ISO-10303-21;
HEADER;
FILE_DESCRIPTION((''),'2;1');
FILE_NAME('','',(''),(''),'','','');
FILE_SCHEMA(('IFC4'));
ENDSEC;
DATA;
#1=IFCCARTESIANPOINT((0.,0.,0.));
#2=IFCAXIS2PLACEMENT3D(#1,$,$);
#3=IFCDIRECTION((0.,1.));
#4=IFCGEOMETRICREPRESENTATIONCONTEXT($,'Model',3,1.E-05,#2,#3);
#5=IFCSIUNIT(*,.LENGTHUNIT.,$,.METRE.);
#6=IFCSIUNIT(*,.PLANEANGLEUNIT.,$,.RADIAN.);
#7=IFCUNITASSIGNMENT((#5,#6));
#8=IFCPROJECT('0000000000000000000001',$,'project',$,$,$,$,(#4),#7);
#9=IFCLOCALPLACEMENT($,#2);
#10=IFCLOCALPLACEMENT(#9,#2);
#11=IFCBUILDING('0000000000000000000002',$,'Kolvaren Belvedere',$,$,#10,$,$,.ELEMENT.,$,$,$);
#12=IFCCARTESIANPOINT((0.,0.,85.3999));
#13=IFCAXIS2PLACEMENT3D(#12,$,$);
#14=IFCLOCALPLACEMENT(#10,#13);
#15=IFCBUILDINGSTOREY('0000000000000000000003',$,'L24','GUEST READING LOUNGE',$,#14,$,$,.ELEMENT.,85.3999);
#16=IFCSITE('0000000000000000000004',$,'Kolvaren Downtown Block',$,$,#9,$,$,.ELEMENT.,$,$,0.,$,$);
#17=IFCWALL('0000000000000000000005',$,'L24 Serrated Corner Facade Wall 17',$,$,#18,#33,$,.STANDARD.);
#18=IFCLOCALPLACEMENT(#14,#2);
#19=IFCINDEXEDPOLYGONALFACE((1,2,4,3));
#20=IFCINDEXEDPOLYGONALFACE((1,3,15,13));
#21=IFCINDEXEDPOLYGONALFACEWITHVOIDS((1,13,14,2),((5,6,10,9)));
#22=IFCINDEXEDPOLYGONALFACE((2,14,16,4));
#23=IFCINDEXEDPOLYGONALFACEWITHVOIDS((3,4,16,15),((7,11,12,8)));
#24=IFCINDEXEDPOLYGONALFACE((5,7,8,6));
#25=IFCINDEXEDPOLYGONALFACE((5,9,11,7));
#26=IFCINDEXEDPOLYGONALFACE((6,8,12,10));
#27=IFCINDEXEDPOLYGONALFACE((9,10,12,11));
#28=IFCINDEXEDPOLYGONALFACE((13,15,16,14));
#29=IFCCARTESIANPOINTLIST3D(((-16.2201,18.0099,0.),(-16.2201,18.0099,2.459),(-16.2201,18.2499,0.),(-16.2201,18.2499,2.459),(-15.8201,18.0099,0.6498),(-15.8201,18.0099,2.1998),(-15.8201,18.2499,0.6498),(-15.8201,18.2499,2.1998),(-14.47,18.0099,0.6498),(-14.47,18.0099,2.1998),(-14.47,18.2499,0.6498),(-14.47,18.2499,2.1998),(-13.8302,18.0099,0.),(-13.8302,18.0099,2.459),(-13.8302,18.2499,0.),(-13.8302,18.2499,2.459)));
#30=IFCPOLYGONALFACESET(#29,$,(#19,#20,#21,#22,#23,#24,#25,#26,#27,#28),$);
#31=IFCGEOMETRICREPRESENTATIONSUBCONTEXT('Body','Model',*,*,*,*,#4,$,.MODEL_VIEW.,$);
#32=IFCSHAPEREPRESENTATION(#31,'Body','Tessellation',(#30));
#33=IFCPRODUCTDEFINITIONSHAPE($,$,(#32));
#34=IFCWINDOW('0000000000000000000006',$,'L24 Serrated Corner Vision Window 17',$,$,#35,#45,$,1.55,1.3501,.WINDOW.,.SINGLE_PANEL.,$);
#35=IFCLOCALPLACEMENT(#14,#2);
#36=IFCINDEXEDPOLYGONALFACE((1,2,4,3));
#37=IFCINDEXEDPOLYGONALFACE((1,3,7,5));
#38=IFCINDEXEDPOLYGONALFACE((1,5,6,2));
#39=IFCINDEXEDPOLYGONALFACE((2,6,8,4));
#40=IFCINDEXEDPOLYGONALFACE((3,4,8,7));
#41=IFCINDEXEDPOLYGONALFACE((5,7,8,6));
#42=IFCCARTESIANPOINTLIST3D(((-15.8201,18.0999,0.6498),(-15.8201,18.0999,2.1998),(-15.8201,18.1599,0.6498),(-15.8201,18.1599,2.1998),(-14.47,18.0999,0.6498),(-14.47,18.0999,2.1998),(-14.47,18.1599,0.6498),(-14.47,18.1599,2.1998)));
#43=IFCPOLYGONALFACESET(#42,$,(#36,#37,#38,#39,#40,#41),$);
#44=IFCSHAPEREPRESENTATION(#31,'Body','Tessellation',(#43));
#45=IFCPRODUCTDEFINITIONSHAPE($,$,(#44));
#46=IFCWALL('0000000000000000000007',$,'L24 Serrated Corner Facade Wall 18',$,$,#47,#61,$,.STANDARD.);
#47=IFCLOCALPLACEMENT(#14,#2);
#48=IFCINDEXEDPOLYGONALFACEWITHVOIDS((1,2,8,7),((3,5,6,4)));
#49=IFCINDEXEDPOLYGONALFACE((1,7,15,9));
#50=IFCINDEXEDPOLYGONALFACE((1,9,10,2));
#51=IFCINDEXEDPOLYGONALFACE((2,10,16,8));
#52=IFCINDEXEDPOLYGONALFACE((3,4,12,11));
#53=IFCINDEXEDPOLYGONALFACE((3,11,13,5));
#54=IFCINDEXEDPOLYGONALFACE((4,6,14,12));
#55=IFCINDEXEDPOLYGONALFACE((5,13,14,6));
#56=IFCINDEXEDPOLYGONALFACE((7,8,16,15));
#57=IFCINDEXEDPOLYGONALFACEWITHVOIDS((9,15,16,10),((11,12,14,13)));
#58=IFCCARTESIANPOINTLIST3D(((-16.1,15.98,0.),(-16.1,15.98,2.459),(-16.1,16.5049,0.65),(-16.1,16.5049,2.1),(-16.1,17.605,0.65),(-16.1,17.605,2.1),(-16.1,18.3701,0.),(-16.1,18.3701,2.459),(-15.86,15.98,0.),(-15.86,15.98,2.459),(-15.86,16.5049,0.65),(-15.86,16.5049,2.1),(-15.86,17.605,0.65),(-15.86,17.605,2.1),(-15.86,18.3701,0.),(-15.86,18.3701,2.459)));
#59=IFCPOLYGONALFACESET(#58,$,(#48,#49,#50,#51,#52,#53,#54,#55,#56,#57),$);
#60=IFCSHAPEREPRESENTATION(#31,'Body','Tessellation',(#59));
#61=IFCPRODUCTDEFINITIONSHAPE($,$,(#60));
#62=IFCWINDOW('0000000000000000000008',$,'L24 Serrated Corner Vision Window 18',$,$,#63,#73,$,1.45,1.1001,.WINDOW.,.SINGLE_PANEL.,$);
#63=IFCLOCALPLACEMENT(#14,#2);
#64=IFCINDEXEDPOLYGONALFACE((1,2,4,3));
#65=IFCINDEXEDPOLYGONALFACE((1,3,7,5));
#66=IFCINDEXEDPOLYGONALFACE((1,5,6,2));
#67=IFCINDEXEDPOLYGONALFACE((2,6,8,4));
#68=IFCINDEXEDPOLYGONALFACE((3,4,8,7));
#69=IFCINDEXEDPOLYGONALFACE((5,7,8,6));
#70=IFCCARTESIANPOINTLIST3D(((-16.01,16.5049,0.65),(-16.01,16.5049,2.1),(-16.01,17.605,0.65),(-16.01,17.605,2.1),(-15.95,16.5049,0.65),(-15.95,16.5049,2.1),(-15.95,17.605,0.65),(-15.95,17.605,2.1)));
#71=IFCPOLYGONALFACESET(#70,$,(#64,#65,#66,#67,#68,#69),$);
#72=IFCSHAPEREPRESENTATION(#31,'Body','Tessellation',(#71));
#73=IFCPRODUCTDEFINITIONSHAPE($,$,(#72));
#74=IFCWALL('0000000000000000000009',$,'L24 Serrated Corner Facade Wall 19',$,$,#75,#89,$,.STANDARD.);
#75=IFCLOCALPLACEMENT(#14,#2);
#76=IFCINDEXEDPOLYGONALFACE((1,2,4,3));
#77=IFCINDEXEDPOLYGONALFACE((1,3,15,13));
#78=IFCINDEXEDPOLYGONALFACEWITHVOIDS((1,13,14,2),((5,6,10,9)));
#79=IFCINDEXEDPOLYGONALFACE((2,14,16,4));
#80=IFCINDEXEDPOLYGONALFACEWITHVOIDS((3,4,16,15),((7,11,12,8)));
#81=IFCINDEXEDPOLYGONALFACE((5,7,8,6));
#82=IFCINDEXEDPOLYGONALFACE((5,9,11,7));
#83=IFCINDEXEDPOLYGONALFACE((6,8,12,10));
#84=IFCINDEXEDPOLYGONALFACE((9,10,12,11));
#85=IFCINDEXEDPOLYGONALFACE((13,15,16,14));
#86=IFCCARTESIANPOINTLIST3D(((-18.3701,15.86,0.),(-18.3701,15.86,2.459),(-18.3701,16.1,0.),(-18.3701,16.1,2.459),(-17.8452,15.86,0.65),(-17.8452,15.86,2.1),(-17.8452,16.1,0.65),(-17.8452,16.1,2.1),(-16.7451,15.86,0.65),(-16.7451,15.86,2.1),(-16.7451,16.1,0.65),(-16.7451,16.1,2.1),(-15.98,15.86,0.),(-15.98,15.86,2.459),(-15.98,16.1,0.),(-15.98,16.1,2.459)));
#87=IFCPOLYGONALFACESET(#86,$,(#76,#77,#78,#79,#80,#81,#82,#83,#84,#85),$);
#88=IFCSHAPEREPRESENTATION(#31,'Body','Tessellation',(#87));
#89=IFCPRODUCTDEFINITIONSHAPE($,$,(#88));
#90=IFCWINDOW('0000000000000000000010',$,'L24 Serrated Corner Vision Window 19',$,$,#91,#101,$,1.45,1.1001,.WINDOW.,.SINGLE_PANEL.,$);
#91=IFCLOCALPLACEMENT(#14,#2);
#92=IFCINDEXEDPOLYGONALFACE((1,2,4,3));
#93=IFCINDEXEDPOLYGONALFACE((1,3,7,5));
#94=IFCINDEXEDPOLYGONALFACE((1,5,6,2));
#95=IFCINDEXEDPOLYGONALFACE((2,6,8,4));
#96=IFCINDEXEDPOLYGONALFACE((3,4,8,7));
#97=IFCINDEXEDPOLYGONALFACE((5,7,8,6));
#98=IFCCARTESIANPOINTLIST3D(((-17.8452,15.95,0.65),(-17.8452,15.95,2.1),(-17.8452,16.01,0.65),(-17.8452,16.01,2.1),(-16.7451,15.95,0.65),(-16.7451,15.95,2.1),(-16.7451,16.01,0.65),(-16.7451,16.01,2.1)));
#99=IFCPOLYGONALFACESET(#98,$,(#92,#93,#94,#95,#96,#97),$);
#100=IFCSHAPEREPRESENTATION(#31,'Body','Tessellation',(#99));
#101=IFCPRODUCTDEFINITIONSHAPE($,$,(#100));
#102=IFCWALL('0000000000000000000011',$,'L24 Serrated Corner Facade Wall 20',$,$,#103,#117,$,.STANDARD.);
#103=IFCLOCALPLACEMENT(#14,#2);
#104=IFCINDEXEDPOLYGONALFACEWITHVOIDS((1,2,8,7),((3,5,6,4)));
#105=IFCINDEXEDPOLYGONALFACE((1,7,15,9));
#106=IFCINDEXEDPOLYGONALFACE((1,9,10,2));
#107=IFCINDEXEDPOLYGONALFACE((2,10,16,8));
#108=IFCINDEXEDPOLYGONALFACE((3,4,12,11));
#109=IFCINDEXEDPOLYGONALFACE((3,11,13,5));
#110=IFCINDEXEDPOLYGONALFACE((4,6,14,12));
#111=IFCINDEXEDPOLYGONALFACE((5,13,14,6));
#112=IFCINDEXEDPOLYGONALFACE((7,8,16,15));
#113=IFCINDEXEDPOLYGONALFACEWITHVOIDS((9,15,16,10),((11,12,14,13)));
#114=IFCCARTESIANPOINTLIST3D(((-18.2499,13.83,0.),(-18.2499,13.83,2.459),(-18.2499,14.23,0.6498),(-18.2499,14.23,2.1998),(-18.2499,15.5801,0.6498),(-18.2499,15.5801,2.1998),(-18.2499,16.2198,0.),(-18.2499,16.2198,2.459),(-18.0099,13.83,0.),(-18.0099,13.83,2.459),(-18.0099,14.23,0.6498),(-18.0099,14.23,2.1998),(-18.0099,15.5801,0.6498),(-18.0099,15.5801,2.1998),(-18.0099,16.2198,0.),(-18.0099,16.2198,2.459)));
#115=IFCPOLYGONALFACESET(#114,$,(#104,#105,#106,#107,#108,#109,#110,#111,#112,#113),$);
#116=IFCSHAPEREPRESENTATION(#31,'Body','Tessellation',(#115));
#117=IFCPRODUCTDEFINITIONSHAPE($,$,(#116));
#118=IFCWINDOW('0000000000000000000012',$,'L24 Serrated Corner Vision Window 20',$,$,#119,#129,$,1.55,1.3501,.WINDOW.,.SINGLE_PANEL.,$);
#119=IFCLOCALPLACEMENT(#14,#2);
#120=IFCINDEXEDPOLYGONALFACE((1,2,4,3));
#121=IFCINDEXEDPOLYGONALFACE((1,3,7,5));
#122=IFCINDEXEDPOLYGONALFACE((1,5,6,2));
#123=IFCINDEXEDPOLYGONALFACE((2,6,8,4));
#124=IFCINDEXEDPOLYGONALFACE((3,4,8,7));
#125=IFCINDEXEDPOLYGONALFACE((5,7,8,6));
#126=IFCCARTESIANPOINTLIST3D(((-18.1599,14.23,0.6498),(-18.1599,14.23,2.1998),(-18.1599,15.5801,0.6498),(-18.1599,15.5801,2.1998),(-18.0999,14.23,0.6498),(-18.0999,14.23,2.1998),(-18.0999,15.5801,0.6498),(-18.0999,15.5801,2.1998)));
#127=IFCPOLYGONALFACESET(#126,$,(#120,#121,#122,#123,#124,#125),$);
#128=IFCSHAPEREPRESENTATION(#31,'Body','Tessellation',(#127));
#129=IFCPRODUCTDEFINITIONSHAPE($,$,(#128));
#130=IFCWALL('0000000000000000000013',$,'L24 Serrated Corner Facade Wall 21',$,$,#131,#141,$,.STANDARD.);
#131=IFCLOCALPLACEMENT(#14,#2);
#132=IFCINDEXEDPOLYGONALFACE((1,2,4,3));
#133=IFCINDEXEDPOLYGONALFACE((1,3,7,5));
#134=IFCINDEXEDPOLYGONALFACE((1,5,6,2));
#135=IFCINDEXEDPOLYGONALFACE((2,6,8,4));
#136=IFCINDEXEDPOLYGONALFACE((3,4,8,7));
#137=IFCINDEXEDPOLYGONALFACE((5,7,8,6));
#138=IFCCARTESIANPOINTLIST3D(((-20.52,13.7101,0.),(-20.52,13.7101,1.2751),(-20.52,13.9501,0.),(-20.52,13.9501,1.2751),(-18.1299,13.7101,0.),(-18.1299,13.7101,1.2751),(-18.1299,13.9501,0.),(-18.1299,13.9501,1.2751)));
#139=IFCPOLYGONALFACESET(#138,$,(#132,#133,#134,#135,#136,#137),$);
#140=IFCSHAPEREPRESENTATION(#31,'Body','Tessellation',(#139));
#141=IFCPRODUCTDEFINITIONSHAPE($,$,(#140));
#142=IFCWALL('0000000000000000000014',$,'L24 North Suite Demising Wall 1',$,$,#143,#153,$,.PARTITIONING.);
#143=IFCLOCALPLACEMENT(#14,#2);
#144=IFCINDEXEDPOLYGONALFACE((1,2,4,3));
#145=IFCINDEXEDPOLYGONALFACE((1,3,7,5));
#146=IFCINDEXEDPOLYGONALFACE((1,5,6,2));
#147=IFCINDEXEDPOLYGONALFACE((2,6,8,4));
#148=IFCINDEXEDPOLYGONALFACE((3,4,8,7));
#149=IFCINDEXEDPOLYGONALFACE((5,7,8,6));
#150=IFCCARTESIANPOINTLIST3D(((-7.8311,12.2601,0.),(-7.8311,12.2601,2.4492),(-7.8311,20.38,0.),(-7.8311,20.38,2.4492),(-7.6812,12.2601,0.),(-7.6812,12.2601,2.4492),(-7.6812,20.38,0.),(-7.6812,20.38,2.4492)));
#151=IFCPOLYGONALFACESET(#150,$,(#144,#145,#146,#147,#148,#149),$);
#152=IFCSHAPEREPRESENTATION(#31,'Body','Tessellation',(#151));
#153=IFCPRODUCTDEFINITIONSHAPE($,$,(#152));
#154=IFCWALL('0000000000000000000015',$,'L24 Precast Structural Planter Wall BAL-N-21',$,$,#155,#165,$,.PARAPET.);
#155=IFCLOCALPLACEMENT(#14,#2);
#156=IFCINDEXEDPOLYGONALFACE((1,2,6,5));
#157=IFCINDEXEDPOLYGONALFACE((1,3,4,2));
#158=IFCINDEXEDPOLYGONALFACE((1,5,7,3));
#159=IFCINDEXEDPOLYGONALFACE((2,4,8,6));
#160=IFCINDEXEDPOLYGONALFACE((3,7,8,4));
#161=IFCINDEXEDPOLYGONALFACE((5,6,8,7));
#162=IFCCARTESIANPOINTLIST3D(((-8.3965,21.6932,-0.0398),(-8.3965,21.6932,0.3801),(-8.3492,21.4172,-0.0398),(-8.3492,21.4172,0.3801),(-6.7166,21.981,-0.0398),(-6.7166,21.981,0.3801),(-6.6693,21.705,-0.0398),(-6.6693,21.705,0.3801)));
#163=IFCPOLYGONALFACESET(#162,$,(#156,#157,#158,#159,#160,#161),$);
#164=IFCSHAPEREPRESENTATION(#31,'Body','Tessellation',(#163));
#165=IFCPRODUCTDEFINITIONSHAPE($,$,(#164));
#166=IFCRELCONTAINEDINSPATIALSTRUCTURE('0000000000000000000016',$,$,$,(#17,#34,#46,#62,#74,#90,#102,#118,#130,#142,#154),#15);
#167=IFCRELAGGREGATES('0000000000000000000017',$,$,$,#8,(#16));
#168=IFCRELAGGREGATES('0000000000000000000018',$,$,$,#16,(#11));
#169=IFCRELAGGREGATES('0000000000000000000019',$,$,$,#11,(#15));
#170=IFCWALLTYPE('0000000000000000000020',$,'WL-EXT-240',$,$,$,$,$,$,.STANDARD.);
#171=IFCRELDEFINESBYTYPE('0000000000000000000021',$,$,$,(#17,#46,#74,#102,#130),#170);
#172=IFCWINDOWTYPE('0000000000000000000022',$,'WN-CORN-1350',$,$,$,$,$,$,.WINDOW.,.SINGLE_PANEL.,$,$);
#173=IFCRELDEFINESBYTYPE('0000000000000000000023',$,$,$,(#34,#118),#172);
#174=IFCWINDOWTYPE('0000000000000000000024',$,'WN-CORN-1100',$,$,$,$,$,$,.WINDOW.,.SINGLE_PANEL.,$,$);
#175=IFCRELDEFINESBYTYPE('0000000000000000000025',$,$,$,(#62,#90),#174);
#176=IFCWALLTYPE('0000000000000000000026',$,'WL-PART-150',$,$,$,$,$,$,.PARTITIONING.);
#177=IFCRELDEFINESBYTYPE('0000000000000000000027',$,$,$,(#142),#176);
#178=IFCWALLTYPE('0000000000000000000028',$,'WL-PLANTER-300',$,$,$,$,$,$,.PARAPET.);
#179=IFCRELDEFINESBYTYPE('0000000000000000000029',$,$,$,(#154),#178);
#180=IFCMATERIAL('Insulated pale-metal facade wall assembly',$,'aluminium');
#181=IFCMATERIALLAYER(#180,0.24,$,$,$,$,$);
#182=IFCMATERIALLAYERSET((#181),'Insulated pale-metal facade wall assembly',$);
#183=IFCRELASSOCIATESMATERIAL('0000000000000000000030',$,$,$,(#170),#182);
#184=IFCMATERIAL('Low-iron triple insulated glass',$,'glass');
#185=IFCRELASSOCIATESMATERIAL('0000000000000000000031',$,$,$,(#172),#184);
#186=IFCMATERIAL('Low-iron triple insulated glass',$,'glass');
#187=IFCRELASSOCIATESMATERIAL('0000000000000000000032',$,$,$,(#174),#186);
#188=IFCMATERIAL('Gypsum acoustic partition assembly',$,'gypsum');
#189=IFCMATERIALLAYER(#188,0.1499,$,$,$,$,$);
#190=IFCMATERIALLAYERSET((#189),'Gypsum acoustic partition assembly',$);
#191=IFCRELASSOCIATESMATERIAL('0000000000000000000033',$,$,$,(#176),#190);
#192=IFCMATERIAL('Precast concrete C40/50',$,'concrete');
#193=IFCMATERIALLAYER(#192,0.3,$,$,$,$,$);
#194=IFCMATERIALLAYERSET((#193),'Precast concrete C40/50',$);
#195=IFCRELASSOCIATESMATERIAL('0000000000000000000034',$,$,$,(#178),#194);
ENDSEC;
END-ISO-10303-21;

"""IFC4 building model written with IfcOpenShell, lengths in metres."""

from ifc_helpers import new_model, si_unit, direction, frame, frame_2d, origin, place, context, subcontext, project, spatial, rectangle, extrude, material, layer, layer_set, type_object, element, fill, save


model = new_model("IFC4")

# Units and contexts
model_context = context("Model", 3, precision=1e-05, world=origin(), true_north=direction((0.0, 1.0)))
body_context = subcontext(model_context, "Body", "Model", "MODEL_VIEW")
ifc_project = project(units=[si_unit("LENGTHUNIT", "METRE"), si_unit("PLANEANGLEUNIT", "RADIAN")], contexts=[model_context])

# Site, building, storey
site_placement = place(None, origin())
site = spatial("IfcSite", under=ifc_project, at=site_placement, Name="Kolvaren Downtown Block", CompositionType="ELEMENT", RefElevation=0.0)
building_placement = place(site_placement, origin())
building = spatial("IfcBuilding", under=site, at=building_placement, Name="Kolvaren Belvedere", CompositionType="ELEMENT")
storey_placement = place(building_placement, frame((0.0, 0.0, 85.3999)))
storey = spatial("IfcBuildingStorey", under=building, at=storey_placement, Name="L24", Description="GUEST READING LOUNGE", CompositionType="ELEMENT", Elevation=85.3999)

# Shared definitions
ifc_material_1 = material(Name="Insulated pale-metal facade wall assembly", Category="aluminium")
ifc_layer_1 = layer(ifc_material_1, 0.24)
ifc_layer_set_1 = layer_set([ifc_layer_1], Name="Insulated pale-metal facade wall assembly")
wall_type_1 = type_object("IfcWallType", Name="WL-EXT-240", PredefinedType="STANDARD", material=ifc_layer_set_1)

# Walls, openings, windows
wall_1_placement = place(storey_placement, frame((-16.22, 18.1299, 0.0), z_axis=(0.0, 0.0, 1.0), x_axis=(1.0, 0.0, 0.0)))
wall_1 = element("IfcWall", 1, at=wall_1_placement, inside=storey, type_object=wall_type_1, Name="L24 Serrated Corner Facade Wall 17", PredefinedType="STANDARD", context=body_context, shape_type="SweptSolid", body=[
    extrude(rectangle(XDim=2.3899, YDim=0.24, at=frame_2d((1.1948, 0.0))), origin(), (0.0, 0.0, 1.0), 2.459),
])
opening_1_placement = place(wall_1_placement, frame((0.3999, 0.0, 0.6499)))
opening_1 = element("IfcOpeningElement", 2, at=opening_1_placement, cuts=wall_1, PredefinedType="OPENING", context=body_context, shape_type="SweptSolid", body=[
    extrude(rectangle(XDim=1.3501, YDim=1.55, at=frame_2d((0.675, 0.7749))), frame((0.0, 0.1299, 0.0), z_axis=(0.0, -1.0, 0.0), x_axis=(1.0, 0.0, 0.0)), (0.0, 0.0, 1.0), 0.26),
])
ifc_material_2 = material(Name="Low-iron triple insulated glass", Category="glass")
window_type_1 = type_object("IfcWindowType", Name="WN-CORN-1350", PartitioningType="SINGLE_PANEL", PredefinedType="WINDOW", material=ifc_material_2)
window_1_placement = place(opening_1_placement, origin())
window_1 = element("IfcWindow", 3, at=window_1_placement, inside=storey, type_object=window_type_1, Name="L24 Serrated Corner Vision Window 17", OverallHeight=1.55, OverallWidth=1.3501, PartitioningType="SINGLE_PANEL", PredefinedType="WINDOW", context=body_context, shape_type="SweptSolid", body=[
    extrude(rectangle(XDim=1.3501, YDim=1.55, at=frame_2d((0.675, 0.7749))), frame((0.0, 0.03, 0.0), z_axis=(0.0, -1.0, 0.0), x_axis=(1.0, 0.0, 0.0)), (0.0, 0.0, 1.0), 0.0601),
])
fill(opening_1, window_1)
wall_2_placement = place(storey_placement, frame((-15.98, 15.98, 0.0), z_axis=(0.0, 0.0, 1.0), x_axis=(0.0, 1.0, 0.0)))
wall_2 = element("IfcWall", 4, at=wall_2_placement, inside=storey, type_object=wall_type_1, Name="L24 Serrated Corner Facade Wall 18", PredefinedType="STANDARD", context=body_context, shape_type="SweptSolid", body=[
    extrude(rectangle(XDim=2.3901, YDim=0.24, at=frame_2d((1.1951, 0.0))), origin(), (0.0, 0.0, 1.0), 2.459),
])
opening_2_placement = place(wall_2_placement, frame((0.5249, 0.0, 0.6499)))
opening_2 = element("IfcOpeningElement", 5, at=opening_2_placement, cuts=wall_2, PredefinedType="OPENING", context=body_context, shape_type="SweptSolid", body=[
    extrude(rectangle(XDim=1.1001, YDim=1.45, at=frame_2d((0.55, 0.7251))), frame((0.0, 0.1299, 0.0), z_axis=(0.0, -1.0, 0.0), x_axis=(1.0, 0.0, 0.0)), (0.0, 0.0, 1.0), 0.26),
])
ifc_material_3 = material(Name="Low-iron triple insulated glass", Category="glass")
window_type_2 = type_object("IfcWindowType", Name="WN-CORN-1100", PartitioningType="SINGLE_PANEL", PredefinedType="WINDOW", material=ifc_material_3)
window_2_placement = place(opening_2_placement, origin())
window_2 = element("IfcWindow", 6, at=window_2_placement, inside=storey, type_object=window_type_2, Name="L24 Serrated Corner Vision Window 18", OverallHeight=1.45, OverallWidth=1.1001, PartitioningType="SINGLE_PANEL", PredefinedType="WINDOW", context=body_context, shape_type="SweptSolid", body=[
    extrude(rectangle(XDim=1.1001, YDim=1.45, at=frame_2d((0.55, 0.7251))), frame((0.0, 0.03, 0.0), z_axis=(0.0, -1.0, 0.0), x_axis=(1.0, 0.0, 0.0)), (0.0, 0.0, 1.0), 0.0601),
])
fill(opening_2, window_2)
wall_3_placement = place(storey_placement, frame((-18.3701, 15.98, 0.0), z_axis=(0.0, 0.0, 1.0), x_axis=(1.0, 0.0, 0.0)))
wall_3 = element("IfcWall", 7, at=wall_3_placement, inside=storey, type_object=wall_type_1, Name="L24 Serrated Corner Facade Wall 19", PredefinedType="STANDARD", context=body_context, shape_type="SweptSolid", body=[
    extrude(rectangle(XDim=2.3901, YDim=0.24, at=frame_2d((1.1951, 0.0))), origin(), (0.0, 0.0, 1.0), 2.459),
])
opening_3_placement = place(wall_3_placement, frame((0.5249, 0.0, 0.6499)))
opening_3 = element("IfcOpeningElement", 8, at=opening_3_placement, cuts=wall_3, PredefinedType="OPENING", context=body_context, shape_type="SweptSolid", body=[
    extrude(rectangle(XDim=1.1001, YDim=1.45, at=frame_2d((0.55, 0.7251))), frame((0.0, 0.1299, 0.0), z_axis=(0.0, -1.0, 0.0), x_axis=(1.0, 0.0, 0.0)), (0.0, 0.0, 1.0), 0.26),
])
window_3_placement = place(opening_3_placement, origin())
window_3 = element("IfcWindow", 9, at=window_3_placement, inside=storey, type_object=window_type_2, Name="L24 Serrated Corner Vision Window 19", OverallHeight=1.45, OverallWidth=1.1001, PartitioningType="SINGLE_PANEL", PredefinedType="WINDOW", context=body_context, shape_type="SweptSolid", body=[
    extrude(rectangle(XDim=1.1001, YDim=1.45, at=frame_2d((0.55, 0.7251))), frame((0.0, 0.03, 0.0), z_axis=(0.0, -1.0, 0.0), x_axis=(1.0, 0.0, 0.0)), (0.0, 0.0, 1.0), 0.0601),
])
fill(opening_3, window_3)
wall_4_placement = place(storey_placement, frame((-18.1299, 13.8301, 0.0), z_axis=(0.0, 0.0, 1.0), x_axis=(0.0, 1.0, 0.0)))
wall_4 = element("IfcWall", 10, at=wall_4_placement, inside=storey, type_object=wall_type_1, Name="L24 Serrated Corner Facade Wall 20", PredefinedType="STANDARD", context=body_context, shape_type="SweptSolid", body=[
    extrude(rectangle(XDim=2.3899, YDim=0.24, at=frame_2d((1.1948, 0.0))), origin(), (0.0, 0.0, 1.0), 2.459),
])
opening_4_placement = place(wall_4_placement, frame((0.3999, 0.0, 0.6499)))
opening_4 = element("IfcOpeningElement", 11, at=opening_4_placement, cuts=wall_4, PredefinedType="OPENING", context=body_context, shape_type="SweptSolid", body=[
    extrude(rectangle(XDim=1.3501, YDim=1.55, at=frame_2d((0.675, 0.7749))), frame((0.0, 0.1299, 0.0), z_axis=(0.0, -1.0, 0.0), x_axis=(1.0, 0.0, 0.0)), (0.0, 0.0, 1.0), 0.26),
])
window_4_placement = place(opening_4_placement, origin())
window_4 = element("IfcWindow", 12, at=window_4_placement, inside=storey, type_object=window_type_1, Name="L24 Serrated Corner Vision Window 20", OverallHeight=1.55, OverallWidth=1.3501, PartitioningType="SINGLE_PANEL", PredefinedType="WINDOW", context=body_context, shape_type="SweptSolid", body=[
    extrude(rectangle(XDim=1.3501, YDim=1.55, at=frame_2d((0.675, 0.7749))), frame((0.0, 0.03, 0.0), z_axis=(0.0, -1.0, 0.0), x_axis=(1.0, 0.0, 0.0)), (0.0, 0.0, 1.0), 0.0601),
])
fill(opening_4, window_4)

# Walls
wall_5_placement = place(storey_placement, frame((-20.52, 13.8301, 0.0), z_axis=(0.0, 0.0, 1.0), x_axis=(1.0, 0.0, 0.0)))
element("IfcWall", 13, at=wall_5_placement, inside=storey, type_object=wall_type_1, Name="L24 Serrated Corner Facade Wall 21", PredefinedType="STANDARD", context=body_context, shape_type="SweptSolid", body=[
    extrude(rectangle(XDim=2.3901, YDim=0.24, at=frame_2d((1.1951, 0.0))), origin(), (0.0, 0.0, 1.0), 1.2751),
])
ifc_material_4 = material(Name="Gypsum acoustic partition assembly", Category="gypsum")
ifc_layer_2 = layer(ifc_material_4, 0.1499)
ifc_layer_set_2 = layer_set([ifc_layer_2], Name="Gypsum acoustic partition assembly")
wall_type_2 = type_object("IfcWallType", Name="WL-PART-150", PredefinedType="PARTITIONING", material=ifc_layer_set_2)
wall_6_placement = place(storey_placement, frame((-7.7561, 12.26, 0.0), z_axis=(0.0, 0.0, 1.0), x_axis=(0.0, 1.0, 0.0)))
element("IfcWall", 14, at=wall_6_placement, inside=storey, type_object=wall_type_2, Name="L24 North Suite Demising Wall 1", PredefinedType="PARTITIONING", context=body_context, shape_type="SweptSolid", body=[
    extrude(rectangle(XDim=8.1199, YDim=0.1499, at=frame_2d((4.0601, 0.0))), origin(), (0.0, 0.0, 1.0), 2.4492),
])
ifc_material_5 = material(Name="Precast concrete C40/50", Category="concrete")
ifc_layer_3 = layer(ifc_material_5, 0.3)
ifc_layer_set_3 = layer_set([ifc_layer_3], Name="Precast concrete C40/50")
wall_type_3 = type_object("IfcWallType", Name="WL-PLANTER-300", PredefinedType="PARAPET", material=ifc_layer_set_3)
wall_7_placement = place(storey_placement, frame((-6.6931, 21.843, -0.0398), z_axis=(0.0, 0.0, 1.0), x_axis=(-0.985637, -0.16888, 0.0)))
element("IfcWall", 15, at=wall_7_placement, inside=storey, type_object=wall_type_3, Name="L24 Precast Structural Planter Wall BAL-N-21", PredefinedType="PARAPET", context=body_context, shape_type="SweptSolid", body=[
    extrude(rectangle(XDim=1.7043, YDim=0.28, at=frame_2d((0.8521, 0.0))), origin(), (0.0, 0.0, 1.0), 0.4199),
])

save(model, "model.ifc")
